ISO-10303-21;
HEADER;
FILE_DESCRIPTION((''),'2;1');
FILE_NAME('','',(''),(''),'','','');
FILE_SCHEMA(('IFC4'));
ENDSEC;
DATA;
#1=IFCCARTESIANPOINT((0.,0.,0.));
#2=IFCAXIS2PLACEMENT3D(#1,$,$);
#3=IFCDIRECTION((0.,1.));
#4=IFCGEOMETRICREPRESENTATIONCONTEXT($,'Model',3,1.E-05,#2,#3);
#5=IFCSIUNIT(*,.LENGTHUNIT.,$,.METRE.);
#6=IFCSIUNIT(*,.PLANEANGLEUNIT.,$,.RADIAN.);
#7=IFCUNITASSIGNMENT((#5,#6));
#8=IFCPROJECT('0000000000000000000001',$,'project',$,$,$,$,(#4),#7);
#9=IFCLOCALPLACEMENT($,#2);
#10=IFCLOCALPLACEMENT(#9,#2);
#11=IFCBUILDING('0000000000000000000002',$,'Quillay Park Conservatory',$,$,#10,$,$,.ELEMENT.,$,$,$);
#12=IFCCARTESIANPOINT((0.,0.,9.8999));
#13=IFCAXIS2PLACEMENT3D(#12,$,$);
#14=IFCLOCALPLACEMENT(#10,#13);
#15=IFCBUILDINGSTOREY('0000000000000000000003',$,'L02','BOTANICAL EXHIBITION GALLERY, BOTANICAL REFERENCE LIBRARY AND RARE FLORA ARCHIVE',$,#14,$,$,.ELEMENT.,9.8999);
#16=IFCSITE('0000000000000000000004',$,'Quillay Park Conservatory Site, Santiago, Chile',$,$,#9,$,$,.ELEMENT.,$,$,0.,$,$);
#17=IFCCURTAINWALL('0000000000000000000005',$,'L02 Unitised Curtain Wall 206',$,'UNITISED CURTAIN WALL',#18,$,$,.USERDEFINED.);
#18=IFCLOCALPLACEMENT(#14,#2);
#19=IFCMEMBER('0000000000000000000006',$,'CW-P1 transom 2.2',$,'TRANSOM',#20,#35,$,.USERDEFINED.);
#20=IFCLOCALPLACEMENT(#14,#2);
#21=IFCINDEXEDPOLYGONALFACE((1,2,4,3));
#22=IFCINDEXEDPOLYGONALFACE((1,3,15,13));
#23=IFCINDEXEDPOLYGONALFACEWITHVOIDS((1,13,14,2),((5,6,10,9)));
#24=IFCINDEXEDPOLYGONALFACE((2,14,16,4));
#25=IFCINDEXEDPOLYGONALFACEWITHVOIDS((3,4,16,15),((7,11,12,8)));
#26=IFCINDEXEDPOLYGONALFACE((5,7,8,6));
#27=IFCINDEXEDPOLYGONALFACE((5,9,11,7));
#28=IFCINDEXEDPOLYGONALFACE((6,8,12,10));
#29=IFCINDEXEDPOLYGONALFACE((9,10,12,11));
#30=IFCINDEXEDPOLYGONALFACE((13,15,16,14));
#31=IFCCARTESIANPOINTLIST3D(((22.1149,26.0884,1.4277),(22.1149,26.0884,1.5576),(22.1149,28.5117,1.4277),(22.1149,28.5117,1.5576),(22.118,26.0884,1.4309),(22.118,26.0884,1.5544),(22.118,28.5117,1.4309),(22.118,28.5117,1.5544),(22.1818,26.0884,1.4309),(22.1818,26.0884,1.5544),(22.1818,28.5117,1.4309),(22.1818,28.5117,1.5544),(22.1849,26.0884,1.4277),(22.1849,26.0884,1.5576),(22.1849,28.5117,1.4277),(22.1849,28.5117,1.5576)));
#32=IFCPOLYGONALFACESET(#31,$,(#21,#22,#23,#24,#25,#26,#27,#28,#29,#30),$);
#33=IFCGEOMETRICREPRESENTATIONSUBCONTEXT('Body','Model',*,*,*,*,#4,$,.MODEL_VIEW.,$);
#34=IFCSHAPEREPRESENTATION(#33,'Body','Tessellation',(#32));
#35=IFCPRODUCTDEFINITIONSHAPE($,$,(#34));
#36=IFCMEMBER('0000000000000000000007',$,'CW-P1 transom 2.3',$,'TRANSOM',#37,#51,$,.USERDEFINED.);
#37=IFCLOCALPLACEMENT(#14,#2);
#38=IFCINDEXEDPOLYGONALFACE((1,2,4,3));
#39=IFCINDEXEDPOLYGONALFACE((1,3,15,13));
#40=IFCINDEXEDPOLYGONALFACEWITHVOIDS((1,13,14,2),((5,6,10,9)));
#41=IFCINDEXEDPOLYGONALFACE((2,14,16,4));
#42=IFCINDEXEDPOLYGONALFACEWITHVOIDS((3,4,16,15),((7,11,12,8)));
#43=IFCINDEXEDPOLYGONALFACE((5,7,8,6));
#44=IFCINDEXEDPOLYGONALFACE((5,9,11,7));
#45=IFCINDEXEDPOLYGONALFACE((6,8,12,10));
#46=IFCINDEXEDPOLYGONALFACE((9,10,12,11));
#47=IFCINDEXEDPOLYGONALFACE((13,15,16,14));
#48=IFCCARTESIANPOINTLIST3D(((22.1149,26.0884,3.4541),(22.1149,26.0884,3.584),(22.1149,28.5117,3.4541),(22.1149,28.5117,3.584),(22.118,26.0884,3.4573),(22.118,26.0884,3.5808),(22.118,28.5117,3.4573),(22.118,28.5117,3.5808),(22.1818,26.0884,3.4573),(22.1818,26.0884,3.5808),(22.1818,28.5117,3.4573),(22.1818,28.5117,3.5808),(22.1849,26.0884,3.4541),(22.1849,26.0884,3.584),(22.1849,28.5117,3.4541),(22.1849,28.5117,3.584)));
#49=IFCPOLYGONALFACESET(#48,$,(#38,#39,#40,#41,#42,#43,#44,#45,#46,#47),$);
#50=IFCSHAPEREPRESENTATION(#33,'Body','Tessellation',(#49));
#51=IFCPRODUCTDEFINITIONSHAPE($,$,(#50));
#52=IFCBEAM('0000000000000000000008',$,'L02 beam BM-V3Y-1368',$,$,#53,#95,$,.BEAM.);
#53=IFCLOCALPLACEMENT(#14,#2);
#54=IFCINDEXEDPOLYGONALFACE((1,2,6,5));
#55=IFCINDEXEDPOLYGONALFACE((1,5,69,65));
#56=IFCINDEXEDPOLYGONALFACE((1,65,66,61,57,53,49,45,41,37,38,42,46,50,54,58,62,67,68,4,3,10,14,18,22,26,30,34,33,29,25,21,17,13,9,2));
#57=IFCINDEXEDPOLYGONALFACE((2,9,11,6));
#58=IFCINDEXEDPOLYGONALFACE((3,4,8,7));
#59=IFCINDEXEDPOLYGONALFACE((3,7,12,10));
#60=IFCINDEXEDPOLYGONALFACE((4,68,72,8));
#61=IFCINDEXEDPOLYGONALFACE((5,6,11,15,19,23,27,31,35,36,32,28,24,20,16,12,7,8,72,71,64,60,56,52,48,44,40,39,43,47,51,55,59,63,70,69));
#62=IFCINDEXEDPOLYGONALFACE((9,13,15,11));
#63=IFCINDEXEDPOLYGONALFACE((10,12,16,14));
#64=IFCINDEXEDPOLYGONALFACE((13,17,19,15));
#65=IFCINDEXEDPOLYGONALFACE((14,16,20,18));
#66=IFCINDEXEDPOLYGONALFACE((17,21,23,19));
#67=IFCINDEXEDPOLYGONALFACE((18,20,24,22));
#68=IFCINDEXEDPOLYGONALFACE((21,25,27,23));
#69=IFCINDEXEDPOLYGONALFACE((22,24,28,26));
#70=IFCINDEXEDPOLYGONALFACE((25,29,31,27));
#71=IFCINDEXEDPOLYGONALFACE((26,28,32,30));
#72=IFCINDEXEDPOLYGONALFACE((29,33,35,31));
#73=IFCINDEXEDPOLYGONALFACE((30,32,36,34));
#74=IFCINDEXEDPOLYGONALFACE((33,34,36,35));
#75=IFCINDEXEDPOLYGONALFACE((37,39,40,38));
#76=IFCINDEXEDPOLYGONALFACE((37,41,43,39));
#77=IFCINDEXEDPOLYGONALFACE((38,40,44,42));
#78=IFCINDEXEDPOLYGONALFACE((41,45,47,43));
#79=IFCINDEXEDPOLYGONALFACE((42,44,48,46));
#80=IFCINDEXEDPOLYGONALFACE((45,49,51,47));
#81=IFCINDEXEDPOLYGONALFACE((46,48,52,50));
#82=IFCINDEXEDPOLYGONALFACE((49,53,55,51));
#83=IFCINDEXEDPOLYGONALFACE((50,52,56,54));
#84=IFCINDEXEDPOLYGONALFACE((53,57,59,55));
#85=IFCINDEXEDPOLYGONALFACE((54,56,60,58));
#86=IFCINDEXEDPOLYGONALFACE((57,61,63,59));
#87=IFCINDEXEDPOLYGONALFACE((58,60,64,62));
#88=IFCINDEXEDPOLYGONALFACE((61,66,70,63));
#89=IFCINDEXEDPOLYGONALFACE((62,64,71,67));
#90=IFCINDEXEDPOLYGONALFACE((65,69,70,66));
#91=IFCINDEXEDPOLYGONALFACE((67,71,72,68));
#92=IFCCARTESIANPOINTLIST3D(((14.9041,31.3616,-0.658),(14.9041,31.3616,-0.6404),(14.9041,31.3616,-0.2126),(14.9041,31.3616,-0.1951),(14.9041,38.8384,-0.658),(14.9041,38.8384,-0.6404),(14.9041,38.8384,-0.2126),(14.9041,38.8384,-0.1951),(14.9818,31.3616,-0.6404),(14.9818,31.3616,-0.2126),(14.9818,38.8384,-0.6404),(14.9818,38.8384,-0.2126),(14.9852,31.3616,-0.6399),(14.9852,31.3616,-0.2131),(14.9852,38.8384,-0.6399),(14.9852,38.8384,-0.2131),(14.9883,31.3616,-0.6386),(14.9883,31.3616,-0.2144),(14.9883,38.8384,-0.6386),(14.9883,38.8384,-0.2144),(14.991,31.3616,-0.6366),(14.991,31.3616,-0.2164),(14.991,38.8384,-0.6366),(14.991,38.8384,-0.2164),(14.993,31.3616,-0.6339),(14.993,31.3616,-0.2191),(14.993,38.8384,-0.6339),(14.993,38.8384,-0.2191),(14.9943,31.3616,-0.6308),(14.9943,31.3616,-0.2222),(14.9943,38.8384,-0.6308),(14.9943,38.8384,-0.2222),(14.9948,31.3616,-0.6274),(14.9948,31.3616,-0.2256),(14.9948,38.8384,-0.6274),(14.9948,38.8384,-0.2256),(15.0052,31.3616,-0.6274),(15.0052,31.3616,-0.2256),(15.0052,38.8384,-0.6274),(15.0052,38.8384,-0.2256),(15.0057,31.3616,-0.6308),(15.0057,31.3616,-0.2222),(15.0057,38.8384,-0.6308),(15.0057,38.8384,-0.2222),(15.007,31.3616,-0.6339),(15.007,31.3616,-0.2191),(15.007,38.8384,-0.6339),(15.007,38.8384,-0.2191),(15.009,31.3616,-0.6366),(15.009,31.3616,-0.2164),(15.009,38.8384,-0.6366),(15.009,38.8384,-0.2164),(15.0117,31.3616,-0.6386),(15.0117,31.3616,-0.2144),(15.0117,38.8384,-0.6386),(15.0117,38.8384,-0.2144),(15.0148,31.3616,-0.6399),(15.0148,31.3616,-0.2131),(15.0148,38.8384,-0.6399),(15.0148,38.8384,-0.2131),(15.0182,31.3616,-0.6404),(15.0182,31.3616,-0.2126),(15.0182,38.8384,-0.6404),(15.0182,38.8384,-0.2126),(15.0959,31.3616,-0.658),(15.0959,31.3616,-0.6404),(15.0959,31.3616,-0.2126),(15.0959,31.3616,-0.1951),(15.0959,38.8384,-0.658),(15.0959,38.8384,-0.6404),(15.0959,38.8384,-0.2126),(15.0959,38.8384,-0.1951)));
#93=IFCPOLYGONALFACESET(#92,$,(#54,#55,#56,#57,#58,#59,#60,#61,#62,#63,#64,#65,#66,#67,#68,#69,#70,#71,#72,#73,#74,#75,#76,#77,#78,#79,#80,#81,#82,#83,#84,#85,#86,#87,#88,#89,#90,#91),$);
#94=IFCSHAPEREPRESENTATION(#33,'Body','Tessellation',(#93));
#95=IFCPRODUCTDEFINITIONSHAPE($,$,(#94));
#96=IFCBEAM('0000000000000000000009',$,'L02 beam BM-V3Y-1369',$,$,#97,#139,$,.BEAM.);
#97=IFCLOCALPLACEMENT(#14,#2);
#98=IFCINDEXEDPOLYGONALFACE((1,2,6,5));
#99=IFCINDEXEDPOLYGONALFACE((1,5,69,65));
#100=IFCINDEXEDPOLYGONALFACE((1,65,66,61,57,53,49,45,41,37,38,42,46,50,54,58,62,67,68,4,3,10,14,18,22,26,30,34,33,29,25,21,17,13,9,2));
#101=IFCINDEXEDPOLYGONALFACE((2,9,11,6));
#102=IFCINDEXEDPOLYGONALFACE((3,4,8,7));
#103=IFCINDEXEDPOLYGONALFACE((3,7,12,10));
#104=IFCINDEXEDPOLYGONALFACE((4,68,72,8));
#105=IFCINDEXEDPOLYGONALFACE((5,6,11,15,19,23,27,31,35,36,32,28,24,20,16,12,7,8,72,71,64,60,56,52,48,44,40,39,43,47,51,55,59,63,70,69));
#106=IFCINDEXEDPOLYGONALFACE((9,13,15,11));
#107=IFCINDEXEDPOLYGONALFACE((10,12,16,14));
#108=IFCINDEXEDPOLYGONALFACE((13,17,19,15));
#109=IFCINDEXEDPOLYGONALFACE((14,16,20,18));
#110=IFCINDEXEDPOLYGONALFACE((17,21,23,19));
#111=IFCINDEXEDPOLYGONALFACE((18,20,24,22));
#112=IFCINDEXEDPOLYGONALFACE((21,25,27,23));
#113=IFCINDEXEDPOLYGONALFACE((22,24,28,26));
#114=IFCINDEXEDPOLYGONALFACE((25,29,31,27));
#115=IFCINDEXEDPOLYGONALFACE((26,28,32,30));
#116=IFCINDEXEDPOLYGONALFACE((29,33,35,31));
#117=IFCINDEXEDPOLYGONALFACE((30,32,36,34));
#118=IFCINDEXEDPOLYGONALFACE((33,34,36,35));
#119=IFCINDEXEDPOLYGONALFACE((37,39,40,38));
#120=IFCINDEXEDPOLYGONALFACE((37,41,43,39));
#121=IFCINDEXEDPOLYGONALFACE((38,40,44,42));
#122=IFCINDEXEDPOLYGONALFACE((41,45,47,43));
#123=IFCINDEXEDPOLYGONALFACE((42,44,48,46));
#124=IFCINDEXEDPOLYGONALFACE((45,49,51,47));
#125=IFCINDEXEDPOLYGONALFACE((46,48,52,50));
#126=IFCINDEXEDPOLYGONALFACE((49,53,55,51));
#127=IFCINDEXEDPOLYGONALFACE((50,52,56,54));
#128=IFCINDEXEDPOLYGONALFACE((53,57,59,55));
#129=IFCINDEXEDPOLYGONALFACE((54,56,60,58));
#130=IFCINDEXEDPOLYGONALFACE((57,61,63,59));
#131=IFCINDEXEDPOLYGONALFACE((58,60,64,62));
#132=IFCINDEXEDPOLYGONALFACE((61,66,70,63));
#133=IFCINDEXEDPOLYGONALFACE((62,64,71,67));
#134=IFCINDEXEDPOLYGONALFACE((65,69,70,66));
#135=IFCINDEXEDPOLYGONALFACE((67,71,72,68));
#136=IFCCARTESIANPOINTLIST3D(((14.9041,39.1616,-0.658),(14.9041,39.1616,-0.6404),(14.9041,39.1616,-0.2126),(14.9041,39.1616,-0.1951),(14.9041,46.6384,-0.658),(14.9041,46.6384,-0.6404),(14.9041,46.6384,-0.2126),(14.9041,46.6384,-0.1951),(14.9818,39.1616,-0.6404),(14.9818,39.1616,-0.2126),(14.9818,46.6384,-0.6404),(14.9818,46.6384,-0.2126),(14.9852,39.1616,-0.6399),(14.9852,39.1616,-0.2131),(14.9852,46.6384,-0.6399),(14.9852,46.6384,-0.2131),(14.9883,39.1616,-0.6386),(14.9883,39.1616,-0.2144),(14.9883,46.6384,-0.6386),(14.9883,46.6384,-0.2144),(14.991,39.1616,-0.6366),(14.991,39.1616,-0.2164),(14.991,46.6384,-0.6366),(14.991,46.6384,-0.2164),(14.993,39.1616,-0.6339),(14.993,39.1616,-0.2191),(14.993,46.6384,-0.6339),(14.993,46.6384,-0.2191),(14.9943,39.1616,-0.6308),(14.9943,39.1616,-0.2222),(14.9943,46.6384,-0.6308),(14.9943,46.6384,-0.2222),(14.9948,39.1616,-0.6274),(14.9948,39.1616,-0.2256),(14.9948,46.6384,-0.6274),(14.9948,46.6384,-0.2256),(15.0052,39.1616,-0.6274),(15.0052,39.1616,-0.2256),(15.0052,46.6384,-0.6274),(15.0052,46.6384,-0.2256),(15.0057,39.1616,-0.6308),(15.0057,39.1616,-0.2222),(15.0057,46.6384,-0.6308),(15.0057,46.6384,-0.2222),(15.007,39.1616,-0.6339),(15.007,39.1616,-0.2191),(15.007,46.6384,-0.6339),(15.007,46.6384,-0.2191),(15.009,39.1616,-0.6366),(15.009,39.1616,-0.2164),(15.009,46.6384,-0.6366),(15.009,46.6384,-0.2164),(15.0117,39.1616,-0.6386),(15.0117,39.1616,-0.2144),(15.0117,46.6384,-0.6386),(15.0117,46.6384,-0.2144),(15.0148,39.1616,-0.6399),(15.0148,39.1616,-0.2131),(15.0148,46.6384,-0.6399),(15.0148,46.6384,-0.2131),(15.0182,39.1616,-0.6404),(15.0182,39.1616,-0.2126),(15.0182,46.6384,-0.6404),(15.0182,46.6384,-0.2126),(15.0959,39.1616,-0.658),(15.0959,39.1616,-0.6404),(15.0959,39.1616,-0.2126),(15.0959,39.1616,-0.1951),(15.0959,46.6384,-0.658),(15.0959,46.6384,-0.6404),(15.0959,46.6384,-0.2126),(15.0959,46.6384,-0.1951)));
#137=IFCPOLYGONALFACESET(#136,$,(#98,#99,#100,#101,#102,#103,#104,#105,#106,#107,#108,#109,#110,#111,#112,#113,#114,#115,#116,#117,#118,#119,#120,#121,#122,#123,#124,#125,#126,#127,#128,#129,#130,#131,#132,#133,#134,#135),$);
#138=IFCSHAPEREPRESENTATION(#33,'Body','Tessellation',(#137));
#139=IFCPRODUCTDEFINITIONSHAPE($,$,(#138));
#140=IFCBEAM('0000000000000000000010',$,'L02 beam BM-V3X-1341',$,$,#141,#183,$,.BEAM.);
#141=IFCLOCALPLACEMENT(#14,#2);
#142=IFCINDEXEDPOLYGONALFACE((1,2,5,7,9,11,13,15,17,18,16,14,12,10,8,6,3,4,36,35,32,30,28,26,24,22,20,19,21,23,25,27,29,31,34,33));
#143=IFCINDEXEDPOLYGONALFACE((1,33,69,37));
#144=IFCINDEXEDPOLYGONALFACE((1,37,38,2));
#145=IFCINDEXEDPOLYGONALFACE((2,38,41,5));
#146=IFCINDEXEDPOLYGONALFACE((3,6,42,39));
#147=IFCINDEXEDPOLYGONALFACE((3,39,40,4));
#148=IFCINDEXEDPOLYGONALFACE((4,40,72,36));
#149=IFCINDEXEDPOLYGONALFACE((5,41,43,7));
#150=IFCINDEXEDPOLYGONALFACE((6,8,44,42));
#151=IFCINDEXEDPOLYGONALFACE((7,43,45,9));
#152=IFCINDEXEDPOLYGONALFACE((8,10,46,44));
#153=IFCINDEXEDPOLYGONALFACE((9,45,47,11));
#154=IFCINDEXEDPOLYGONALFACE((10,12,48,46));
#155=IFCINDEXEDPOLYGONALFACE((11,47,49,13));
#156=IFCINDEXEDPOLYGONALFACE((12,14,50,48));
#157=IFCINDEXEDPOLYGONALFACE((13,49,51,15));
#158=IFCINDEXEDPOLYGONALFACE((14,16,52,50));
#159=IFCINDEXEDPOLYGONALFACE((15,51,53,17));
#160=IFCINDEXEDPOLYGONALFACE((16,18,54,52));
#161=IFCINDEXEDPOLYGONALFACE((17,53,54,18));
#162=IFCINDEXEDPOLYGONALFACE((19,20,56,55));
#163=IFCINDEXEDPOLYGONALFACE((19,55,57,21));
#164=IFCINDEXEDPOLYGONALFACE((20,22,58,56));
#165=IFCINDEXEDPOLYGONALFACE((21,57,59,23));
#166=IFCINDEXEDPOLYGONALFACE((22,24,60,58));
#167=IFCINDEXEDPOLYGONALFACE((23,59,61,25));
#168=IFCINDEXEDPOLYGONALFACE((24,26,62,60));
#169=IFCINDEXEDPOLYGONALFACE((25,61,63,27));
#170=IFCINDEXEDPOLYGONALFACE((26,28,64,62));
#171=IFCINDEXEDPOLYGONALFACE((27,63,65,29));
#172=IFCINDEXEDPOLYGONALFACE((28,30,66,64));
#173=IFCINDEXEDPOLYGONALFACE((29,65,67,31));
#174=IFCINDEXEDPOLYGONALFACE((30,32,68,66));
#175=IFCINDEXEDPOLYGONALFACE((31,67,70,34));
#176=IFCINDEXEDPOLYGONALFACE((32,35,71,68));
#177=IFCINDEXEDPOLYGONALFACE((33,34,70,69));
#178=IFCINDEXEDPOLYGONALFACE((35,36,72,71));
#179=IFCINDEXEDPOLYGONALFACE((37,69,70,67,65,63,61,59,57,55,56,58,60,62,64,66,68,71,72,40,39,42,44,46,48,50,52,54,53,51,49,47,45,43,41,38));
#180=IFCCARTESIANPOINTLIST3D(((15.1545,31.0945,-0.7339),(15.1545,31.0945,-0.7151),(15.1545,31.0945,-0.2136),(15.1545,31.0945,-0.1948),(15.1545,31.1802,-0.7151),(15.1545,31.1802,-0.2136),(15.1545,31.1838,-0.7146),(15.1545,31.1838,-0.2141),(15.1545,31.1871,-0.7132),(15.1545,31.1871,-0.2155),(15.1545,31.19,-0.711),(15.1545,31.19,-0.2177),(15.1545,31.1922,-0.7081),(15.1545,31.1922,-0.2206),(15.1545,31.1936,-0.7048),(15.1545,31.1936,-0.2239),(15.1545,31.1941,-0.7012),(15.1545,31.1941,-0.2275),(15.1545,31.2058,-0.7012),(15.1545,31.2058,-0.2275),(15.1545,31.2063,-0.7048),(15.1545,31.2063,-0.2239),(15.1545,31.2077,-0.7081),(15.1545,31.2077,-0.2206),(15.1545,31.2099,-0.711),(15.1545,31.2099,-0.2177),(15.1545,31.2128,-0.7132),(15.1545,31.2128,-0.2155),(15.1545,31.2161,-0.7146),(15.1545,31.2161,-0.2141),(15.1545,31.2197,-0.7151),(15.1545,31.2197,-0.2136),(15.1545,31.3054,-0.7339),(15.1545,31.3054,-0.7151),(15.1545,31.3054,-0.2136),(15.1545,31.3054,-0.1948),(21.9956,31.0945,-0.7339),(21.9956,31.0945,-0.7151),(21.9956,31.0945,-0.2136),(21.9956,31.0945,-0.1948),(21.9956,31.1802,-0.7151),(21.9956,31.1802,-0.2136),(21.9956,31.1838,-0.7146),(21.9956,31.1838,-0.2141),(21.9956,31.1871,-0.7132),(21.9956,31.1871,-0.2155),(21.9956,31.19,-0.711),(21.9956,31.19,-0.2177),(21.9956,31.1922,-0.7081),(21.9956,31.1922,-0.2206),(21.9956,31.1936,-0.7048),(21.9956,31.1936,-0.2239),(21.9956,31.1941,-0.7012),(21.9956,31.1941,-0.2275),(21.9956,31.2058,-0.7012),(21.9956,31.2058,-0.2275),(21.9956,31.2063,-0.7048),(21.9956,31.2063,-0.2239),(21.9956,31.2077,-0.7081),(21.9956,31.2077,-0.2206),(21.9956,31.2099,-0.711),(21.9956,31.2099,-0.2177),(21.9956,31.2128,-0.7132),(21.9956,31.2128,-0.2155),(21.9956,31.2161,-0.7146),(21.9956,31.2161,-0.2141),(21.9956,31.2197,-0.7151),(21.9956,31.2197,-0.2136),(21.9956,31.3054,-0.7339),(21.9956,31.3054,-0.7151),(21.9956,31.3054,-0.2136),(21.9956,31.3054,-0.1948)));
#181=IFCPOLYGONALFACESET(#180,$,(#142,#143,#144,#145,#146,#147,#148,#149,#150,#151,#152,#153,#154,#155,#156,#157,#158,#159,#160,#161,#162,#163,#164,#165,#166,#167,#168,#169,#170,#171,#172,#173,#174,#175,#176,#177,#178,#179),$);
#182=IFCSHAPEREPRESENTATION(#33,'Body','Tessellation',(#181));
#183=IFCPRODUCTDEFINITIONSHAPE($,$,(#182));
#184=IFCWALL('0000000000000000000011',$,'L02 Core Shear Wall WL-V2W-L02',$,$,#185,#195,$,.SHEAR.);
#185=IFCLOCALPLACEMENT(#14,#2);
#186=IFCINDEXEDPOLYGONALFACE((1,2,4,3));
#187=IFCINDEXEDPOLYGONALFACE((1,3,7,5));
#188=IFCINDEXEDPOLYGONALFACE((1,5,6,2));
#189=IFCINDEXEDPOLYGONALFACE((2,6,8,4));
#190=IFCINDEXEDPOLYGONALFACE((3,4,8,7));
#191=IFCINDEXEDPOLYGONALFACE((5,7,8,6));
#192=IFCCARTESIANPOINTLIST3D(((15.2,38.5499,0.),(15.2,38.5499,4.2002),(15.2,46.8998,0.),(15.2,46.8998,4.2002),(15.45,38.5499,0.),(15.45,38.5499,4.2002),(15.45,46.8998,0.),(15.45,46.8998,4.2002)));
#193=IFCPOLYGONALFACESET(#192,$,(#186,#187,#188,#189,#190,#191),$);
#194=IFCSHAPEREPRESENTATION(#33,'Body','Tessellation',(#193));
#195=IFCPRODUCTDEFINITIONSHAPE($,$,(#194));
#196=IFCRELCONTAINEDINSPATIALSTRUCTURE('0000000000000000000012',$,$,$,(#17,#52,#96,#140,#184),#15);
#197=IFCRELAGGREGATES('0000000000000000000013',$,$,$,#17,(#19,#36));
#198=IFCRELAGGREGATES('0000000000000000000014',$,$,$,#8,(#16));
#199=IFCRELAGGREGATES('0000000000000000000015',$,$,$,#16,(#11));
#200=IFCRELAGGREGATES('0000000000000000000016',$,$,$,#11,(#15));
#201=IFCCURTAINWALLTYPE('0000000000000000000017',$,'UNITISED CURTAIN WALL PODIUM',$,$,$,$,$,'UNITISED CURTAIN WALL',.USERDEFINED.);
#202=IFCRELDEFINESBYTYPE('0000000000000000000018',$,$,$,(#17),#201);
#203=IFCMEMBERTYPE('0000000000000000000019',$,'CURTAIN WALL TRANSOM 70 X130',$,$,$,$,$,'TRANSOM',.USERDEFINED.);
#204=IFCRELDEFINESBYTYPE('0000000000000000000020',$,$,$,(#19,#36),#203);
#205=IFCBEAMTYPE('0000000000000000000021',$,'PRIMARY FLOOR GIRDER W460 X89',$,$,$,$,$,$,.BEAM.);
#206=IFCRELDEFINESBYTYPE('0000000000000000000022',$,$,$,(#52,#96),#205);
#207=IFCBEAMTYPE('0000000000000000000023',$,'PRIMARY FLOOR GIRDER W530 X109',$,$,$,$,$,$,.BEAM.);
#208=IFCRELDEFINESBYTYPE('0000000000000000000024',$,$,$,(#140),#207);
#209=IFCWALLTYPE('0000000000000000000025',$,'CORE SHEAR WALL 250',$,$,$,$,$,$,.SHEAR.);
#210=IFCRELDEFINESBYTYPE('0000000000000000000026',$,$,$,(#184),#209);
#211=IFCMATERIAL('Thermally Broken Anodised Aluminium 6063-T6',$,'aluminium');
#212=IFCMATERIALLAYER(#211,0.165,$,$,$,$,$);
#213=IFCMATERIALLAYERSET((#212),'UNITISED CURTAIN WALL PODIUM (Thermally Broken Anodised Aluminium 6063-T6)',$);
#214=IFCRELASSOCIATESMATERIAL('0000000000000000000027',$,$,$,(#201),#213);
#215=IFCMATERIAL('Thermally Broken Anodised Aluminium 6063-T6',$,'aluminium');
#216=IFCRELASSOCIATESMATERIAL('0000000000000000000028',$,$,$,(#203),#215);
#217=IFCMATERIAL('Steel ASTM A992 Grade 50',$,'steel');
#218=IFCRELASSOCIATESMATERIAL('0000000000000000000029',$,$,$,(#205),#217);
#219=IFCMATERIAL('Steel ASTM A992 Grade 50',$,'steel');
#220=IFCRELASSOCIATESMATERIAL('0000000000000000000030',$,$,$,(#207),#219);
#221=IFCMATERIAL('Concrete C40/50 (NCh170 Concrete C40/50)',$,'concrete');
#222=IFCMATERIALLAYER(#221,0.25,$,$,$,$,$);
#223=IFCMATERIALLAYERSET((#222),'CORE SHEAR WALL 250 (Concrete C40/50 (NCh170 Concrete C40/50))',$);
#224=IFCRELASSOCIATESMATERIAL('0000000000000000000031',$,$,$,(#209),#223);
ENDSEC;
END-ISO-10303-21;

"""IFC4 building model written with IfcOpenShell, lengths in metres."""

from ifc_helpers import new_model, si_unit, direction, frame, frame_2d, origin, origin_2d, place, context, subcontext, project, spatial, rectangle, hollow_rectangle, i_section, extrude, material, layer, layer_set, material_profile, profile_set, type_object, element, aggregate, save


model = new_model("IFC4")

# Units and contexts
model_context = context("Model", 3, precision=1e-05, world=origin(), true_north=direction((0.0, 1.0)))
body_context = subcontext(model_context, "Body", "Model", "MODEL_VIEW")
ifc_project = project(units=[si_unit("LENGTHUNIT", "METRE"), si_unit("PLANEANGLEUNIT", "RADIAN")], contexts=[model_context])

# Site, building, storey
site_placement = place(None, origin())
site = spatial("IfcSite", under=ifc_project, at=site_placement, Name="Quillay Park Conservatory Site, Santiago, Chile", CompositionType="ELEMENT", RefElevation=0.0)
building_placement = place(site_placement, origin())
building = spatial("IfcBuilding", under=site, at=building_placement, Name="Quillay Park Conservatory", CompositionType="ELEMENT")
storey_placement = place(building_placement, frame((0.0, 0.0, 9.8999)))
storey = spatial("IfcBuildingStorey", under=building, at=storey_placement, Name="L02", Description="BOTANICAL EXHIBITION GALLERY, BOTANICAL REFERENCE LIBRARY AND RARE FLORA ARCHIVE", CompositionType="ELEMENT", Elevation=9.8999)

# Curtain wall, members
ifc_material_1 = material(Name="Thermally Broken Anodised Aluminium 6063-T6", Category="aluminium")
ifc_layer_1 = layer(ifc_material_1, 0.165)
ifc_layer_set_1 = layer_set([ifc_layer_1], Name="UNITISED CURTAIN WALL PODIUM (Thermally Broken Anodised Aluminium 6063-T6)")
curtain_wall_type = type_object("IfcCurtainWallType", Name="UNITISED CURTAIN WALL PODIUM", ElementType="UNITISED CURTAIN WALL", PredefinedType="USERDEFINED", material=ifc_layer_set_1)
curtain_wall_placement = place(storey_placement, origin())
curtain_wall = element("IfcCurtainWall", 1, at=curtain_wall_placement, inside=storey, type_object=curtain_wall_type, Name="L02 Unitised Curtain Wall 206", ObjectType="UNITISED CURTAIN WALL", PredefinedType="USERDEFINED")
ifc_material_2 = material(Name="Thermally Broken Anodised Aluminium 6063-T6", Category="aluminium")
ifc_material_profile_1 = material_profile(ifc_material_2, hollow_rectangle(XDim=0.0701, YDim=0.1299, WallThickness=0.0032, at=origin_2d()), Name="AL70x130x3.2")
ifc_profile_set_1 = profile_set([ifc_material_profile_1], Name="Thermally Broken Anodised Aluminium 6063-T6")
member_type_1 = type_object("IfcMemberType", Name="CURTAIN WALL TRANSOM 70 X130", ElementType="TRANSOM", PredefinedType="USERDEFINED", material=ifc_profile_set_1)
member_1_placement = place(storey_placement, frame((22.1499, 28.5117, 1.4927), z_axis=(0.0, -1.0, 0.0), x_axis=(1.0, 0.0, 0.0)))
member_1 = element("IfcMember", 2, at=member_1_placement, type_object=member_type_1, Name="CW-P1 transom 2.2", ObjectType="TRANSOM", PredefinedType="USERDEFINED", context=body_context, shape_type="SweptSolid", body=[
    extrude(hollow_rectangle(XDim=0.0701, YDim=0.1299, WallThickness=0.0032, at=origin_2d()), origin(), (0.0, 0.0, 1.0), 2.4233),
])
member_2_placement = place(storey_placement, frame((22.1499, 28.5117, 3.519), z_axis=(0.0, -1.0, 0.0), x_axis=(1.0, 0.0, 0.0)))
member_2 = element("IfcMember", 3, at=member_2_placement, type_object=member_type_1, Name="CW-P1 transom 2.3", ObjectType="TRANSOM", PredefinedType="USERDEFINED", context=body_context, shape_type="SweptSolid", body=[
    extrude(hollow_rectangle(XDim=0.0701, YDim=0.1299, WallThickness=0.0032, at=origin_2d()), origin(), (0.0, 0.0, 1.0), 2.4233),
])
aggregate(curtain_wall, [member_1, member_2])

# Beams
ifc_material_3 = material(Name="Steel ASTM A992 Grade 50", Category="steel")
ifc_material_profile_2 = material_profile(ifc_material_3, i_section(OverallWidth=0.1919, OverallDepth=0.4629, WebThickness=0.0105, FlangeThickness=0.0176, FilletRadius=0.0129, at=origin_2d()), Name="W460x89")
ifc_profile_set_2 = profile_set([ifc_material_profile_2], Name="Steel ASTM A992 Grade 50")
beam_type_1 = type_object("IfcBeamType", Name="PRIMARY FLOOR GIRDER W460 X89", PredefinedType="BEAM", material=ifc_profile_set_2)
for number, where, z_axis, x_axis, name in (
    (4, (15.0, 31.3616, -0.4265), (0.0, 1.0, 0.0), (-1.0, 0.0, 0.0), "L02 beam BM-V3Y-1368"),
    (5, (15.0, 39.1616, -0.4265), (0.0, 1.0, 0.0), (-1.0, 0.0, 0.0), "L02 beam BM-V3Y-1369"),
):
    element("IfcBeam", number, at=place(storey_placement, frame(where, z_axis=z_axis, x_axis=x_axis)), inside=storey, type_object=beam_type_1, Name=name, PredefinedType="BEAM", context=body_context, shape_type="SweptSolid", body=[
        extrude(i_section(OverallWidth=0.1919, OverallDepth=0.4629, WebThickness=0.0105, FlangeThickness=0.0176, FilletRadius=0.0129, at=origin_2d()), origin(), (0.0, 0.0, 1.0), 7.4768),
    ])
ifc_material_4 = material(Name="Steel ASTM A992 Grade 50", Category="steel")
ifc_material_profile_3 = material_profile(ifc_material_4, i_section(OverallWidth=0.2109, OverallDepth=0.5391, WebThickness=0.0117, FlangeThickness=0.0188, FilletRadius=0.0139, at=origin_2d()), Name="W530x109")
ifc_profile_set_3 = profile_set([ifc_material_profile_3], Name="Steel ASTM A992 Grade 50")
beam_type_2 = type_object("IfcBeamType", Name="PRIMARY FLOOR GIRDER W530 X109", PredefinedType="BEAM", material=ifc_profile_set_3)
beam_1_placement = place(storey_placement, frame((15.1545, 31.2, -0.4644), z_axis=(1.0, 0.0, 0.0), x_axis=(0.0, 1.0, 0.0)))
element("IfcBeam", 6, at=beam_1_placement, inside=storey, type_object=beam_type_2, Name="L02 beam BM-V3X-1341", PredefinedType="BEAM", context=body_context, shape_type="SweptSolid", body=[
    extrude(i_section(OverallWidth=0.2109, OverallDepth=0.5391, WebThickness=0.0117, FlangeThickness=0.0188, FilletRadius=0.0139, at=origin_2d()), origin(), (0.0, 0.0, 1.0), 6.8411),
])

# Wall
ifc_material_5 = material(Name="Concrete C40/50 (NCh170 Concrete C40/50)", Category="concrete")
ifc_layer_2 = layer(ifc_material_5, 0.25)
ifc_layer_set_2 = layer_set([ifc_layer_2], Name="CORE SHEAR WALL 250 (Concrete C40/50 (NCh170 Concrete C40/50))")
wall_type = type_object("IfcWallType", Name="CORE SHEAR WALL 250", PredefinedType="SHEAR", material=ifc_layer_set_2)
for number, where, z_axis, x_axis, name in (
    (7, (15.325, 38.55, 0.0), (0.0, 0.0, 1.0), (0.0, 1.0, 0.0), "L02 Core Shear Wall WL-V2W-L02"),
):
    element("IfcWall", number, at=place(storey_placement, frame(where, z_axis=z_axis, x_axis=x_axis)), inside=storey, type_object=wall_type, Name=name, PredefinedType="SHEAR", context=body_context, shape_type="SweptSolid", body=[
        extrude(rectangle(XDim=8.3499, YDim=0.25, at=frame_2d((4.1748, 0.0))), origin(), (0.0, 0.0, 1.0), 4.2002),
    ])

save(model, "model.ifc")
